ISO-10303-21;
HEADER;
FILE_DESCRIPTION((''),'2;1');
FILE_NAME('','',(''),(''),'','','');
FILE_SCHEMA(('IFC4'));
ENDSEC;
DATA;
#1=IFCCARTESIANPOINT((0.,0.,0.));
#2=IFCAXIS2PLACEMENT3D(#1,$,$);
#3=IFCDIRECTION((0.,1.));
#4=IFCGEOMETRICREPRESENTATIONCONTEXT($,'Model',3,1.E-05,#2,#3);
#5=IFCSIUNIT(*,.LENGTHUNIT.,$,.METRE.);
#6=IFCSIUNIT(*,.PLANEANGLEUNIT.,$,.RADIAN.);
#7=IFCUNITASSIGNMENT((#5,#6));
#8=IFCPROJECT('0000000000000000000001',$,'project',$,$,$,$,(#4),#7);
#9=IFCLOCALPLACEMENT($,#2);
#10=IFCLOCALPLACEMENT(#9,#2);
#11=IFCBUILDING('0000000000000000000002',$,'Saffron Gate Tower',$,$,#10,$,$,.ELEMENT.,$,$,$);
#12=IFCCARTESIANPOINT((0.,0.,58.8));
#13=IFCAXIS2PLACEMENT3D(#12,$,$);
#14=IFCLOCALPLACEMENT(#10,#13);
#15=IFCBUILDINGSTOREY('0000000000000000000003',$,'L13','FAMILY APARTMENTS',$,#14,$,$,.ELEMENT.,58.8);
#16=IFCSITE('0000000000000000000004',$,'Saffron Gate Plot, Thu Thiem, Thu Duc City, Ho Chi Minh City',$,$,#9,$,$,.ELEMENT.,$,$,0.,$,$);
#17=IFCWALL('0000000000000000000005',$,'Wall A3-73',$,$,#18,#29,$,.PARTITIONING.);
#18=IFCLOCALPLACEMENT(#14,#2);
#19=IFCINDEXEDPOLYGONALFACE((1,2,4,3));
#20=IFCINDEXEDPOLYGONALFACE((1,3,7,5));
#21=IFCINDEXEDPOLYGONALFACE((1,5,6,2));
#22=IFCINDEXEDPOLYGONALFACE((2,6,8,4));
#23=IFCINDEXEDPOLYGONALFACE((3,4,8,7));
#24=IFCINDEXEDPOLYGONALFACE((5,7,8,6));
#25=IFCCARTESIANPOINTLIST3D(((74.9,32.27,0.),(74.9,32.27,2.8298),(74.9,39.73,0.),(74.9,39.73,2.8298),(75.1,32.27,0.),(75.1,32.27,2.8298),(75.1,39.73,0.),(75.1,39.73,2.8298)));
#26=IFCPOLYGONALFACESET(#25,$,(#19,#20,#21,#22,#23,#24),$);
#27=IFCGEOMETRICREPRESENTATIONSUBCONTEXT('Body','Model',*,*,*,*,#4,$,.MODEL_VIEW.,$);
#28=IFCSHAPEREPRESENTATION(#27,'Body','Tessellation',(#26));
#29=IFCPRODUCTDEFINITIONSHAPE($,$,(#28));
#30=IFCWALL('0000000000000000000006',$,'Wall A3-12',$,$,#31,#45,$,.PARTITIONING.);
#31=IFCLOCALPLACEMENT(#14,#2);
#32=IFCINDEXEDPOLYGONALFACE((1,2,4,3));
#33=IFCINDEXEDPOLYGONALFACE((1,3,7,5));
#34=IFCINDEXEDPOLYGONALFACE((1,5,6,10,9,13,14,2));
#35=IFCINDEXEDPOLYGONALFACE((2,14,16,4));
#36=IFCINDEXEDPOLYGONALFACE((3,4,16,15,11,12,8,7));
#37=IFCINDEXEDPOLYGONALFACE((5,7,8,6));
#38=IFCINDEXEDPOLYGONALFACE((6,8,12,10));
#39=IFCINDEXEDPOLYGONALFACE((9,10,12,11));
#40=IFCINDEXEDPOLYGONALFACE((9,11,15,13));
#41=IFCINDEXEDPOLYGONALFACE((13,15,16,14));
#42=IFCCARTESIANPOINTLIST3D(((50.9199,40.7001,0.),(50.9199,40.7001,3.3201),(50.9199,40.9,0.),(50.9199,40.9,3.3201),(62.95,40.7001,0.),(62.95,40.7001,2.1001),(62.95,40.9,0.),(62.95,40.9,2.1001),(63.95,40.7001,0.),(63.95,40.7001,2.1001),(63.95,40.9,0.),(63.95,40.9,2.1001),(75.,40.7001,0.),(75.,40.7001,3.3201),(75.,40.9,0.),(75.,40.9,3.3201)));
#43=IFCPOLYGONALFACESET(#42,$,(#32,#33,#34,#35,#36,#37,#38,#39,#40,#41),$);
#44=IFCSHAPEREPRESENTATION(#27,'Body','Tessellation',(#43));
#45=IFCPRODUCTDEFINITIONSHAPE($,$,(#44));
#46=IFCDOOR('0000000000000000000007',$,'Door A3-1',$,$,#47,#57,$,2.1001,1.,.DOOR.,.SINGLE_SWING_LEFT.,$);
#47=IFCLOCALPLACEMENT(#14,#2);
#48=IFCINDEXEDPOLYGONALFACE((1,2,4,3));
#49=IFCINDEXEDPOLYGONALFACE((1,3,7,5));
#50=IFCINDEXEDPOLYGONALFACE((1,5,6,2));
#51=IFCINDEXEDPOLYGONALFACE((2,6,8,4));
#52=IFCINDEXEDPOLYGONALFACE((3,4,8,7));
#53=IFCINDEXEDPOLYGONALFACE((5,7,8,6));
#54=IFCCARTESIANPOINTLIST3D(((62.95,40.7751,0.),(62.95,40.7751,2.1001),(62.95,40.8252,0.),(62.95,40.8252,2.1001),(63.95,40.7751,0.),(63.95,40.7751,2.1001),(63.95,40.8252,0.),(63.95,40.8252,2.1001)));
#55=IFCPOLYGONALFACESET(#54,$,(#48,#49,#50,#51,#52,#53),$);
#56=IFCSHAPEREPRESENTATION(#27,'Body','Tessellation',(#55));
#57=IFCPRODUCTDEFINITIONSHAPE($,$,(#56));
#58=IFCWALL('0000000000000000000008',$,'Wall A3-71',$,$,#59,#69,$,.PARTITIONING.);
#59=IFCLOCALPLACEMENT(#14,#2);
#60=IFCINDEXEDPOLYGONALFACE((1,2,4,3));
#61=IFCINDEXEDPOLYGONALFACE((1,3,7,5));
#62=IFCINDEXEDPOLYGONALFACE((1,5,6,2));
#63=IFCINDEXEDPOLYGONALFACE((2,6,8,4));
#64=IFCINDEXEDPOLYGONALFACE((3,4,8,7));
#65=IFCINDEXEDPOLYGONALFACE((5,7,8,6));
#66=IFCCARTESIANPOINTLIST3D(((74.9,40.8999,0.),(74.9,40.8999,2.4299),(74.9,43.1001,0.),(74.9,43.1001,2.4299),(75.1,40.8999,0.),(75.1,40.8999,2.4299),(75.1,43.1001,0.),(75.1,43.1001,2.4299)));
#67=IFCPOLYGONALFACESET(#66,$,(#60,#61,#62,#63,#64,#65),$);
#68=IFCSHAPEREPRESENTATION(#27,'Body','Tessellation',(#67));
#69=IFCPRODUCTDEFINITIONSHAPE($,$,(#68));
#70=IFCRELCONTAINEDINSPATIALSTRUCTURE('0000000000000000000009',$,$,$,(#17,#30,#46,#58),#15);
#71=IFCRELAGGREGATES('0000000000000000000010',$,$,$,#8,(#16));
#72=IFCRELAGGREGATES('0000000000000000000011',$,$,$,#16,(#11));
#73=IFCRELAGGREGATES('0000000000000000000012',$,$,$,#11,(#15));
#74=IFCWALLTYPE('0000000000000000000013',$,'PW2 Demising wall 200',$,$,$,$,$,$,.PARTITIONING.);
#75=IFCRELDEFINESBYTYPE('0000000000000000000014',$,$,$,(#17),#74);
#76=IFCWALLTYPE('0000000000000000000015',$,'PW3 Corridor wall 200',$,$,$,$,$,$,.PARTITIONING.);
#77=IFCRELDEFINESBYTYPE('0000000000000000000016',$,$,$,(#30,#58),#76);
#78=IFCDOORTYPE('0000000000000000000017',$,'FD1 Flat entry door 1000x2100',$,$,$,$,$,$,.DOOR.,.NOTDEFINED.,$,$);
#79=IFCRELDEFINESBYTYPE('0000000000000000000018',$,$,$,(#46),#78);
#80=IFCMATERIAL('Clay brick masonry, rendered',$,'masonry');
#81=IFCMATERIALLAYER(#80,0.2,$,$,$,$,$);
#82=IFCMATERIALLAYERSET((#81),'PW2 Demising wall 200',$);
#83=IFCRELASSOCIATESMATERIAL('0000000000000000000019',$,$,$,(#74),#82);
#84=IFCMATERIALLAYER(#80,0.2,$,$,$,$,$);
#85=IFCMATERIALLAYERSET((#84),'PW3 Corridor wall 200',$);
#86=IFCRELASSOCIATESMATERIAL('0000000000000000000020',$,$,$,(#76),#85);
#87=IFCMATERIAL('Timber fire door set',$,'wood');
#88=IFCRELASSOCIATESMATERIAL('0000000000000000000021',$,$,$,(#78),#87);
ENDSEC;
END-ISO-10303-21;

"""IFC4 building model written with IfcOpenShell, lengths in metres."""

from ifc_helpers import new_model, si_unit, direction, frame, frame_2d, origin, place, context, subcontext, project, spatial, rectangle, extrude, material, layer, layer_set, type_object, element, fill, save


model = new_model("IFC4")

# Units and contexts
model_context = context("Model", 3, precision=1e-05, world=origin(), true_north=direction((0.0, 1.0)))
body_context = subcontext(model_context, "Body", "Model", "MODEL_VIEW")
ifc_project = project(units=[si_unit("LENGTHUNIT", "METRE"), si_unit("PLANEANGLEUNIT", "RADIAN")], contexts=[model_context])

# Site, building, storey
site_placement = place(None, origin())
site = spatial("IfcSite", under=ifc_project, at=site_placement, Name="Saffron Gate Plot, Thu Thiem, Thu Duc City, Ho Chi Minh City", CompositionType="ELEMENT", RefElevation=0.0)
building_placement = place(site_placement, origin())
building = spatial("IfcBuilding", under=site, at=building_placement, Name="Saffron Gate Tower", CompositionType="ELEMENT")
storey_placement = place(building_placement, frame((0.0, 0.0, 58.8)))
storey = spatial("IfcBuildingStorey", under=building, at=storey_placement, Name="L13", Description="FAMILY APARTMENTS", CompositionType="ELEMENT", Elevation=58.8)

# Wall
ifc_material_1 = material(Name="Clay brick masonry, rendered", Category="masonry")
ifc_layer_1 = layer(ifc_material_1, 0.2)
ifc_layer_set_1 = layer_set([ifc_layer_1], Name="PW2 Demising wall 200")
wall_type_1 = type_object("IfcWallType", Name="PW2 Demising wall 200", PredefinedType="PARTITIONING", material=ifc_layer_set_1)
wall_1_placement = place(storey_placement, frame((75.0, 39.73, 0.0), z_axis=(0.0, 0.0, 1.0), x_axis=(0.0, -1.0, 0.0)))
element("IfcWall", 1, at=wall_1_placement, inside=storey, type_object=wall_type_1, Name="Wall A3-73", PredefinedType="PARTITIONING", context=body_context, shape_type="SweptSolid", body=[
    extrude(rectangle(XDim=7.46, YDim=0.2, at=frame_2d((3.73, 0.0))), origin(), (0.0, 0.0, 1.0), 2.8298),
])

# Wall, opening, door
ifc_layer_2 = layer(ifc_material_1, 0.2)
ifc_layer_set_2 = layer_set([ifc_layer_2], Name="PW3 Corridor wall 200")
wall_type_2 = type_object("IfcWallType", Name="PW3 Corridor wall 200", PredefinedType="PARTITIONING", material=ifc_layer_set_2)
wall_2_placement = place(storey_placement, frame((75.0, 40.8, 0.0), z_axis=(0.0, 0.0, 1.0), x_axis=(-1.0, 0.0, 0.0)))
wall_2 = element("IfcWall", 2, at=wall_2_placement, inside=storey, type_object=wall_type_2, Name="Wall A3-12", PredefinedType="PARTITIONING", context=body_context, shape_type="SweptSolid", body=[
    extrude(rectangle(XDim=24.0801, YDim=0.2, at=frame_2d((12.04, 0.0))), origin(), (0.0, 0.0, 1.0), 3.3201),
])
opening_1_placement = place(wall_2_placement, frame((11.05, 0.0, 0.0)))
opening_1 = element("IfcOpeningElement", 3, at=opening_1_placement, cuts=wall_2, PredefinedType="OPENING", context=body_context, shape_type="SweptSolid", body=[
    extrude(rectangle(XDim=1.0, YDim=2.1001, at=frame_2d((0.5, 1.05))), frame((0.0, 0.1099, 0.0), z_axis=(0.0, -1.0, 0.0), x_axis=(1.0, 0.0, 0.0)), (0.0, 0.0, 1.0), 0.22),
])
ifc_material_2 = material(Name="Timber fire door set", Category="wood")
door_type = type_object("IfcDoorType", Name="FD1 Flat entry door 1000x2100", OperationType="NOTDEFINED", PredefinedType="DOOR", material=ifc_material_2)
door_placement = place(opening_1_placement, origin())
door = element("IfcDoor", 4, at=door_placement, inside=storey, type_object=door_type, Name="Door A3-1", OperationType="SINGLE_SWING_LEFT", OverallHeight=2.1001, OverallWidth=1.0, PredefinedType="DOOR", context=body_context, shape_type="SweptSolid", body=[
    extrude(rectangle(XDim=1.0, YDim=2.1001, at=frame_2d((0.5, 1.05))), frame((0.0, 0.0249, 0.0), z_axis=(0.0, -1.0, 0.0), x_axis=(1.0, 0.0, 0.0)), (0.0, 0.0, 1.0), 0.05),
])
fill(opening_1, door)

# Wall
wall_3_placement = place(storey_placement, frame((75.0, 43.1001, 0.0), z_axis=(0.0, 0.0, 1.0), x_axis=(0.0, -1.0, 0.0)))
element("IfcWall", 5, at=wall_3_placement, inside=storey, type_object=wall_type_2, Name="Wall A3-71", PredefinedType="PARTITIONING", context=body_context, shape_type="SweptSolid", body=[
    extrude(rectangle(XDim=2.2002, YDim=0.2, at=frame_2d((1.1001, 0.0))), origin(), (0.0, 0.0, 1.0), 2.4299),
])

save(model, "model.ifc")
